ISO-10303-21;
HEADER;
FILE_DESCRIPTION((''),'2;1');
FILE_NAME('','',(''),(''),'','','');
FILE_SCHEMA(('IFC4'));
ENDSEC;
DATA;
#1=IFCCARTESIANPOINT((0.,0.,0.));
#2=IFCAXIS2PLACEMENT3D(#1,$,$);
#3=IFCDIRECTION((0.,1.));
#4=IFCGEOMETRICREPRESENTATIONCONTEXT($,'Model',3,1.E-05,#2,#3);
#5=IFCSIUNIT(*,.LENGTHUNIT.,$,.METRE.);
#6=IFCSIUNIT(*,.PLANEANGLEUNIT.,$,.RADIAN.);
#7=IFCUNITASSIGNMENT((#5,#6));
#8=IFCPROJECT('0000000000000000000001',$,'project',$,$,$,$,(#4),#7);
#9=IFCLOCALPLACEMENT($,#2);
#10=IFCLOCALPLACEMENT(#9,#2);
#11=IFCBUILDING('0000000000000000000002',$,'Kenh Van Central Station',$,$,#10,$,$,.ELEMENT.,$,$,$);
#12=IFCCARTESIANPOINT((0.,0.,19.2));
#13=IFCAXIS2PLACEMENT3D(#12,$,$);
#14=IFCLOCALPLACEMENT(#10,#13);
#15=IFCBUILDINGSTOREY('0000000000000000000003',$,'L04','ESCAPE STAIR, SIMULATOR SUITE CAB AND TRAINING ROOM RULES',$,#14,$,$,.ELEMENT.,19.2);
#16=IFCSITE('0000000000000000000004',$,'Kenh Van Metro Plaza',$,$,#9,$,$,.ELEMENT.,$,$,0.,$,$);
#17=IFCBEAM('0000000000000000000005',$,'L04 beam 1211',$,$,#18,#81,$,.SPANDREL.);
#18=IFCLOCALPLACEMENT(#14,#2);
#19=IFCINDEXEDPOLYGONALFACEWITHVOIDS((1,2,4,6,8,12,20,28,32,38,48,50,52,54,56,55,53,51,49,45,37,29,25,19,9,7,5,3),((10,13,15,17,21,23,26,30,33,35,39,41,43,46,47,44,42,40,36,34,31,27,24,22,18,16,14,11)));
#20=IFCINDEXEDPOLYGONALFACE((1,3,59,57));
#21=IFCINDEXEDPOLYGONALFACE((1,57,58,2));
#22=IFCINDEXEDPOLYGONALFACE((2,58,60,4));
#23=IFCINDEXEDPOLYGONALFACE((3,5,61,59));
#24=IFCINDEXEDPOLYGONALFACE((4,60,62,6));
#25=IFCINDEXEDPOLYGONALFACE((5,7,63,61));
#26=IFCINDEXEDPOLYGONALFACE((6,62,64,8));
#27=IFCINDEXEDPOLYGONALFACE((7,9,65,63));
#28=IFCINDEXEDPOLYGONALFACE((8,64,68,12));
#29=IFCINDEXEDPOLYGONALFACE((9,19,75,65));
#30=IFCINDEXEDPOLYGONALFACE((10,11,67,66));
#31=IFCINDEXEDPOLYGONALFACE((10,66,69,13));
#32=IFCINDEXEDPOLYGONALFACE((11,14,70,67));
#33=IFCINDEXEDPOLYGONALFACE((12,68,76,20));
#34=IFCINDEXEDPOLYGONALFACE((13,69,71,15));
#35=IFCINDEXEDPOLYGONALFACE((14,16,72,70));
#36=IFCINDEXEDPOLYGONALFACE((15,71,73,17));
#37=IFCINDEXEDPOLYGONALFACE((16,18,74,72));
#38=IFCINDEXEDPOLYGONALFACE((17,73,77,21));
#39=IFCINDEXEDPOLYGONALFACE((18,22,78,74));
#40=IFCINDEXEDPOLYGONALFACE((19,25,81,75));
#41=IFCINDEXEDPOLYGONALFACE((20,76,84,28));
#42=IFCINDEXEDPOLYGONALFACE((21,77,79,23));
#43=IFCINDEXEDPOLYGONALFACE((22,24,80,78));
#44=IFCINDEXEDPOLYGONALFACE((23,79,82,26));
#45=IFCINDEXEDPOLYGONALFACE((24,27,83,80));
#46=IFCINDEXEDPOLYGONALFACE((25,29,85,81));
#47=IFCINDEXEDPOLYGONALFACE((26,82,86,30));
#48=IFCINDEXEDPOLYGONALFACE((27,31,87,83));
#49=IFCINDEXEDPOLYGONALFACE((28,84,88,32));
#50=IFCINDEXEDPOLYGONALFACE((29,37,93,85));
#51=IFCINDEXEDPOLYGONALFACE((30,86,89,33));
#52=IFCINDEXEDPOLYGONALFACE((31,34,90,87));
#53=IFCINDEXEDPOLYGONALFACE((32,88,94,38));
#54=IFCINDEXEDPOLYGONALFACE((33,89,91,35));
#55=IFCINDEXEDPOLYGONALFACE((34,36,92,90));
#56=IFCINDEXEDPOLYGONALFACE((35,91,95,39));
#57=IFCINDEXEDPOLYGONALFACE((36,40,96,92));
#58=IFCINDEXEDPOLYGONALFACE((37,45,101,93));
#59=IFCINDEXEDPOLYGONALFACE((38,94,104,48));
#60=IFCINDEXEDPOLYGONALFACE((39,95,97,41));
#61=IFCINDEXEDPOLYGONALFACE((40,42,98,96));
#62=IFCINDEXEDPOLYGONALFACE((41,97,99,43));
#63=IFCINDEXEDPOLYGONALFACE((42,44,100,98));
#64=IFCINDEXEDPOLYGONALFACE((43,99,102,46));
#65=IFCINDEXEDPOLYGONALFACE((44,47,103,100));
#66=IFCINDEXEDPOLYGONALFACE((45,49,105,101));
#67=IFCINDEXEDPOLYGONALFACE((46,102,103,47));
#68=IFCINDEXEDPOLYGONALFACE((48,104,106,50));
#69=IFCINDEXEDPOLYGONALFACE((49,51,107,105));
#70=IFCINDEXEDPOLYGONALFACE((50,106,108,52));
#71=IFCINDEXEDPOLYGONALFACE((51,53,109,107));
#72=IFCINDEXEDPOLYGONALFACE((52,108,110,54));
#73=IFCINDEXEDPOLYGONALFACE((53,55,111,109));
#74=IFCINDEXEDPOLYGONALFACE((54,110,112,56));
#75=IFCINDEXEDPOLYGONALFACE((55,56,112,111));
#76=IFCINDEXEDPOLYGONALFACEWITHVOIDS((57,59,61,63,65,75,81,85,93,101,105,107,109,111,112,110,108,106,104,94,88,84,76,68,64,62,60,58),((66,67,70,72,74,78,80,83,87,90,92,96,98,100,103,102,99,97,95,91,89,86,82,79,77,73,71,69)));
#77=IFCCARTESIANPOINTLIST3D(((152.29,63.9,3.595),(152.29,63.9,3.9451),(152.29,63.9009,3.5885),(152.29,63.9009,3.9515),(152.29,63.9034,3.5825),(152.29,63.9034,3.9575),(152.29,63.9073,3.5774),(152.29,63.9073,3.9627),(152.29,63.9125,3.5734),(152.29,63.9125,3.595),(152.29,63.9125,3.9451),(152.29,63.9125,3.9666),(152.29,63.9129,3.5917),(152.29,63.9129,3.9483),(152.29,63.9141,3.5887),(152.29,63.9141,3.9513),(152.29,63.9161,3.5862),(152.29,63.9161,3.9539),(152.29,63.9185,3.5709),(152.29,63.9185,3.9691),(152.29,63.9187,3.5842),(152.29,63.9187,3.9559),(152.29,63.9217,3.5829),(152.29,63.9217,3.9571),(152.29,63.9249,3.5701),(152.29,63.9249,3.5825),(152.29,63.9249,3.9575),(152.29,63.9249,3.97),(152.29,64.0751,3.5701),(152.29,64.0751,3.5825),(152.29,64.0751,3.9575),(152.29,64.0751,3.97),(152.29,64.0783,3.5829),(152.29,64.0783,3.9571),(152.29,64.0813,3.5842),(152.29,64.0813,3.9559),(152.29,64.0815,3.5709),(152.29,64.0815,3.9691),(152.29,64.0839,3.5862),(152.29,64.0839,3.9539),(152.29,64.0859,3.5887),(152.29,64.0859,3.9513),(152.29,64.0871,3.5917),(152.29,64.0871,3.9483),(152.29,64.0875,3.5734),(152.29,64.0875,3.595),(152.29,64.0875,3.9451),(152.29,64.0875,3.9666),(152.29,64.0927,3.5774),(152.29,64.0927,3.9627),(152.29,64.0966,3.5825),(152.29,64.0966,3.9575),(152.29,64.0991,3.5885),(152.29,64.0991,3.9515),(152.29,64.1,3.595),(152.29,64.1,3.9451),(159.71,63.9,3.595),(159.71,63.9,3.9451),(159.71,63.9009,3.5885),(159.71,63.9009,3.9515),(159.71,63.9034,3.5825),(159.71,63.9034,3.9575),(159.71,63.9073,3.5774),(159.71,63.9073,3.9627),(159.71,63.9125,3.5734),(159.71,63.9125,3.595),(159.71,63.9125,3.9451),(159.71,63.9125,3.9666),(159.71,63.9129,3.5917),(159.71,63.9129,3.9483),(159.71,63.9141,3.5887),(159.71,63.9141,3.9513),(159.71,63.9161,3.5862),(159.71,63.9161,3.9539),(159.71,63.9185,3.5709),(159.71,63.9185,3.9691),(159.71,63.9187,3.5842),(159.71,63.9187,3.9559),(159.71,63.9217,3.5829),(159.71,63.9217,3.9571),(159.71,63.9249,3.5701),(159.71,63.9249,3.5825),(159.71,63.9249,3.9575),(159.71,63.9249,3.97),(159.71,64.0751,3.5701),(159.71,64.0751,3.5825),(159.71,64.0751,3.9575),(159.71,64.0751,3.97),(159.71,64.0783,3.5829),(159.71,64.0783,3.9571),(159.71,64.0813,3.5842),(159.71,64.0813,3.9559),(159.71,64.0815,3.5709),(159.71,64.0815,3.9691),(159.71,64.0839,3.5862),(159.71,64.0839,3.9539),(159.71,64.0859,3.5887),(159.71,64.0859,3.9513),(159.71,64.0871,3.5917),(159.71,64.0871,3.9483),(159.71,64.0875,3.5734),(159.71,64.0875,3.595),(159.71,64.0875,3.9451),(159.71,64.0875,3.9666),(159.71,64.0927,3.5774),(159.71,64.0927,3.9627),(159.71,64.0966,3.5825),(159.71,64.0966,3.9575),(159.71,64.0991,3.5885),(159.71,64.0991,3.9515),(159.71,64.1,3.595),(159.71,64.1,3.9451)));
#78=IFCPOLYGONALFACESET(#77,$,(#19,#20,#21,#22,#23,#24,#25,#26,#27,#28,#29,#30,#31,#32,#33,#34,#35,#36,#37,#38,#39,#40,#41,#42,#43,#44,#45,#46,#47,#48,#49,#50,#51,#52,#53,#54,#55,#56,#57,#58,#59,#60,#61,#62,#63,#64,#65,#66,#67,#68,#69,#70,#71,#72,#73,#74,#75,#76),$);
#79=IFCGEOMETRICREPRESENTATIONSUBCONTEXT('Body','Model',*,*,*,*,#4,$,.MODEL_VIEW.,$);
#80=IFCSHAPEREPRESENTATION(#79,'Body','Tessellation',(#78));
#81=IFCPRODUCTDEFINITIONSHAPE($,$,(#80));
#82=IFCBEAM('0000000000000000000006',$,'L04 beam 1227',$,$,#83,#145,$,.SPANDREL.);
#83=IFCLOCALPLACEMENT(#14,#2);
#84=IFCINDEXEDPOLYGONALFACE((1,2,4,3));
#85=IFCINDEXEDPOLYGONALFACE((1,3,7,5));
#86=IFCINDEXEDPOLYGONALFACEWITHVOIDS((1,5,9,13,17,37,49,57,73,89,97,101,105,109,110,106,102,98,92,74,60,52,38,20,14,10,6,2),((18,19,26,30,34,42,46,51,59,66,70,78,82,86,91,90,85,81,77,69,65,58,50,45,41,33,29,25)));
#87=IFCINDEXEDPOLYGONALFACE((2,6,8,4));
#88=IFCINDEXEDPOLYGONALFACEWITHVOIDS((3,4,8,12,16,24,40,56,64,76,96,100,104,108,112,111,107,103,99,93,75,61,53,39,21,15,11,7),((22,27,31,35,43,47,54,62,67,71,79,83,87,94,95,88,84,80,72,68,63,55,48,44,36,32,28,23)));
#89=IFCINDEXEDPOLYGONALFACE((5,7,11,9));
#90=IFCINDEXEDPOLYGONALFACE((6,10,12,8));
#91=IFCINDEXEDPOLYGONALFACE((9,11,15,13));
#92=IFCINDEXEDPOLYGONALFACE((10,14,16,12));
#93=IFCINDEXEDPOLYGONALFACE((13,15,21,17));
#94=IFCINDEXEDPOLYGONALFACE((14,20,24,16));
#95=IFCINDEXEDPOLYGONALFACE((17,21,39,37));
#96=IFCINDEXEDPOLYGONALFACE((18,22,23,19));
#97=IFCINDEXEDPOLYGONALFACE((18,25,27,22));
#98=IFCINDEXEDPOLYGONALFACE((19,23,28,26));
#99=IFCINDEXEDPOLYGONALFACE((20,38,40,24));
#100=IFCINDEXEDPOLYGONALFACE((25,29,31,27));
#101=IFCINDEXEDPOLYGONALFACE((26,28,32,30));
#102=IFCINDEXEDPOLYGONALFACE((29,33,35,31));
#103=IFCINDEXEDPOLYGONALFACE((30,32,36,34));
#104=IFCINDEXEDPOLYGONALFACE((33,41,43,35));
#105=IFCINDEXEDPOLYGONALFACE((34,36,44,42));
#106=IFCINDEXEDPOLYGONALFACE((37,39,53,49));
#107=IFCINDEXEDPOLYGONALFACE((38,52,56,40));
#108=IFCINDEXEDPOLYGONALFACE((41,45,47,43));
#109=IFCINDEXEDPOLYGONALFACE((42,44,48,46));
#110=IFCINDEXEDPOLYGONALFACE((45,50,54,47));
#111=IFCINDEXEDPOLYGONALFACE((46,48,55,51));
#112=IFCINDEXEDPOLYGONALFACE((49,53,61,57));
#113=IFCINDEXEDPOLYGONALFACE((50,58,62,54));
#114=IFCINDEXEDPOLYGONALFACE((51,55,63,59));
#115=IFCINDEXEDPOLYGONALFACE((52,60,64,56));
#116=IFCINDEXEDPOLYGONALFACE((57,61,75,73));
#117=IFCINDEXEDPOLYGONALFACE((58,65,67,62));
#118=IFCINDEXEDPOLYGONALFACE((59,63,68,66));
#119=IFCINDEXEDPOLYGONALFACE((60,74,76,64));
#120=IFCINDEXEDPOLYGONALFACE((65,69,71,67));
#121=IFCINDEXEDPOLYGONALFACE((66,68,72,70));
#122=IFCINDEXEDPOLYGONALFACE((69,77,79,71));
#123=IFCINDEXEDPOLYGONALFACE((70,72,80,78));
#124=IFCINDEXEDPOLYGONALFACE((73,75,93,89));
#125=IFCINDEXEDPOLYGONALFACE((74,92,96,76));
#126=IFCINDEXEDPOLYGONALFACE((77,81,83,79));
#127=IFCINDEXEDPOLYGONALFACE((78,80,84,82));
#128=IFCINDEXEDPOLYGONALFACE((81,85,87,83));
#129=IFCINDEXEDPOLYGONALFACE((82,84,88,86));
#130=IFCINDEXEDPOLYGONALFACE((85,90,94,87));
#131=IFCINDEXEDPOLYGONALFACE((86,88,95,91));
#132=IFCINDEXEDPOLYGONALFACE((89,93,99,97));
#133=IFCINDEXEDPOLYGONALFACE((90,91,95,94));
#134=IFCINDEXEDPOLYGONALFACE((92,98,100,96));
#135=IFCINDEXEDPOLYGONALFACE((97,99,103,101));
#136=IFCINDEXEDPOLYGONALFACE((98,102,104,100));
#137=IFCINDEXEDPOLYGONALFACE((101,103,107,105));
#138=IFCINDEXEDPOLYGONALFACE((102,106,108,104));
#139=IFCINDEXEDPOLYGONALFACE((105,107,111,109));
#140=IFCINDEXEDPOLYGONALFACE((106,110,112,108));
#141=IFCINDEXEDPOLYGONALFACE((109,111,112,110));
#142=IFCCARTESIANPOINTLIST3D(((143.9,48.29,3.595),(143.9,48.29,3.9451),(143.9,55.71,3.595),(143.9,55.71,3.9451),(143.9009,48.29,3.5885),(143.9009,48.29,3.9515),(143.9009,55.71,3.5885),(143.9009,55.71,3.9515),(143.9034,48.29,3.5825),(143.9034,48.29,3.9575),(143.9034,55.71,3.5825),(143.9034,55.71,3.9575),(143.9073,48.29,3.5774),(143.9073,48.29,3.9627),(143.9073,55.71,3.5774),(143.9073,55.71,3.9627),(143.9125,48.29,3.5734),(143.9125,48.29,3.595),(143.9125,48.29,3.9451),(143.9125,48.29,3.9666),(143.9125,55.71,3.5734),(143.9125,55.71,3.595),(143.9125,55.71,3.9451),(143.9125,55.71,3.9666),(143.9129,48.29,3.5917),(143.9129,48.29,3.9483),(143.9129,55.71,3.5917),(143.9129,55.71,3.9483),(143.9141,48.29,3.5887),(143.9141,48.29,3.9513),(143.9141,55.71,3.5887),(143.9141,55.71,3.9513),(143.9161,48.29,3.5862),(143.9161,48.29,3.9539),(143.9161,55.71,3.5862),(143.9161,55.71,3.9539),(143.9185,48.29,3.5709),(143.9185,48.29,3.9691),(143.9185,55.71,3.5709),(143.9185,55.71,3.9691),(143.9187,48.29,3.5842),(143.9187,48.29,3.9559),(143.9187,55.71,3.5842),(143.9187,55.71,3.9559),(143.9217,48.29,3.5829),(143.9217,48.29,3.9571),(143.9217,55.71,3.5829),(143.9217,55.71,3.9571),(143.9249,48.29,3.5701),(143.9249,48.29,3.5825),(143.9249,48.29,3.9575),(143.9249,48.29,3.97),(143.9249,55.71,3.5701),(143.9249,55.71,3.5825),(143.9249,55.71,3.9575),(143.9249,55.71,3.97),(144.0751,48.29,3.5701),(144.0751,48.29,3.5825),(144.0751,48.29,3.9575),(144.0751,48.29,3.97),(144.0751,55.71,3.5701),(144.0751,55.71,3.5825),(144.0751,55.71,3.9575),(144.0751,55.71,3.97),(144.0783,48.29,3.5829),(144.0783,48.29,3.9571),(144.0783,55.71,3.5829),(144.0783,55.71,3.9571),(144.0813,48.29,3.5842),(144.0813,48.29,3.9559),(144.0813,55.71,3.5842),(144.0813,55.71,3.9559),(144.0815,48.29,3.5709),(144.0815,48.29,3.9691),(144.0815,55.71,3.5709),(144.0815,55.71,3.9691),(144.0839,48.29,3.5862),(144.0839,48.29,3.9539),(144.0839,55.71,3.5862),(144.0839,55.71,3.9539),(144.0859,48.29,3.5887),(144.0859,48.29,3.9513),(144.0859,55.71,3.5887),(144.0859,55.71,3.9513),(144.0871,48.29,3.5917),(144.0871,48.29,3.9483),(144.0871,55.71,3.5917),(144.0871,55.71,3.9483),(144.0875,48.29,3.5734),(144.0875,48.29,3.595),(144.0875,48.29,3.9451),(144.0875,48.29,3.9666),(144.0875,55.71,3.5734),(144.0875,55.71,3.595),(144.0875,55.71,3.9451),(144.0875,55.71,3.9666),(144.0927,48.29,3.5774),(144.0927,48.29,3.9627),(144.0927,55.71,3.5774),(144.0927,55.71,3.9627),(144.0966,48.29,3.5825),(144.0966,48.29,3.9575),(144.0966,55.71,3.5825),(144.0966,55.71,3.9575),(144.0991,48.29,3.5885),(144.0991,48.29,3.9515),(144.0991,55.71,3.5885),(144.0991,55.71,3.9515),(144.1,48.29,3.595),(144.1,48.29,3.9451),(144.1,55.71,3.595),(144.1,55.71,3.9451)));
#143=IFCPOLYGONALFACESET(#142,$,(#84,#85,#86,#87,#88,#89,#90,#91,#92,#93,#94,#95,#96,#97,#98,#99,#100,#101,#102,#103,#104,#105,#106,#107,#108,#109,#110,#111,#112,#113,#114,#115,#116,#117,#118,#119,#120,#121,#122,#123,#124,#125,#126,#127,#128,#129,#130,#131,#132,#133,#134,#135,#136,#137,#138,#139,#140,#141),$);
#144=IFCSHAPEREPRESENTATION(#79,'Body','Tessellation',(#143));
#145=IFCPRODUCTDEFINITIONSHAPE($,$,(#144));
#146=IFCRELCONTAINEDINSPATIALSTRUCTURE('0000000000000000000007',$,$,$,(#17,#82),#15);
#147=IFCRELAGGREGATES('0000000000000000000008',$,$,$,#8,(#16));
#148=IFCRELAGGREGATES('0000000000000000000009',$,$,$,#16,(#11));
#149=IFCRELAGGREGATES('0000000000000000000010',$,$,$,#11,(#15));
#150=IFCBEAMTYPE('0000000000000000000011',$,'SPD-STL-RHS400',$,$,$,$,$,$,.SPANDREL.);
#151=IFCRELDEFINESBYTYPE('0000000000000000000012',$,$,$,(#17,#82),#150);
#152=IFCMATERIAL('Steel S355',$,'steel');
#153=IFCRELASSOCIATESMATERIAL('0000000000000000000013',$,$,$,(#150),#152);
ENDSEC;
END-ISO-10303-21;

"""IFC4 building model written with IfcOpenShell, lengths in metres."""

from ifc_helpers import new_model, si_unit, direction, frame, origin, origin_2d, place, context, subcontext, project, spatial, hollow_rectangle, extrude, material, material_profile, profile_set, type_object, element, save


model = new_model("IFC4")

# Units and contexts
model_context = context("Model", 3, precision=1e-05, world=origin(), true_north=direction((0.0, 1.0)))
body_context = subcontext(model_context, "Body", "Model", "MODEL_VIEW")
ifc_project = project(units=[si_unit("LENGTHUNIT", "METRE"), si_unit("PLANEANGLEUNIT", "RADIAN")], contexts=[model_context])

# Site, building, storey
site_placement = place(None, origin())
site = spatial("IfcSite", under=ifc_project, at=site_placement, Name="Kenh Van Metro Plaza", CompositionType="ELEMENT", RefElevation=0.0)
building_placement = place(site_placement, origin())
building = spatial("IfcBuilding", under=site, at=building_placement, Name="Kenh Van Central Station", CompositionType="ELEMENT")
storey_placement = place(building_placement, frame((0.0, 0.0, 19.2)))
storey = spatial("IfcBuildingStorey", under=building, at=storey_placement, Name="L04", Description="ESCAPE STAIR, SIMULATOR SUITE CAB AND TRAINING ROOM RULES", CompositionType="ELEMENT", Elevation=19.2)

# Beams
ifc_material_1 = material(Name="Steel S355", Category="steel")
ifc_material_profile_1 = material_profile(ifc_material_1, hollow_rectangle(XDim=0.2, YDim=0.3999, WallThickness=0.0125, InnerFilletRadius=0.0125, OuterFilletRadius=0.0249, at=origin_2d()), Name="RHS 400x200x12.5")
ifc_profile_set_1 = profile_set([ifc_material_profile_1], Name="Steel S355")
beam_type_1 = type_object("IfcBeamType", Name="SPD-STL-RHS400", PredefinedType="SPANDREL", material=ifc_profile_set_1)
for number, where, z_axis, x_axis, name in (
    (1, (152.29, 64.0, 3.77), (1.0, 0.0, 0.0), (0.0, 1.0, 0.0), "L04 beam 1211"),
    (2, (144.0, 48.29, 3.77), (0.0, 1.0, 0.0), (-1.0, 0.0, 0.0), "L04 beam 1227"),
):
    element("IfcBeam", number, at=place(storey_placement, frame(where, z_axis=z_axis, x_axis=x_axis)), inside=storey, type_object=beam_type_1, Name=name, PredefinedType="SPANDREL", context=body_context, shape_type="SweptSolid", body=[
        extrude(hollow_rectangle(XDim=0.2, YDim=0.3999, WallThickness=0.0125, InnerFilletRadius=0.0125, OuterFilletRadius=0.0249, at=origin_2d()), origin(), (0.0, 0.0, 1.0), 7.4199),
    ])

save(model, "model.ifc")
